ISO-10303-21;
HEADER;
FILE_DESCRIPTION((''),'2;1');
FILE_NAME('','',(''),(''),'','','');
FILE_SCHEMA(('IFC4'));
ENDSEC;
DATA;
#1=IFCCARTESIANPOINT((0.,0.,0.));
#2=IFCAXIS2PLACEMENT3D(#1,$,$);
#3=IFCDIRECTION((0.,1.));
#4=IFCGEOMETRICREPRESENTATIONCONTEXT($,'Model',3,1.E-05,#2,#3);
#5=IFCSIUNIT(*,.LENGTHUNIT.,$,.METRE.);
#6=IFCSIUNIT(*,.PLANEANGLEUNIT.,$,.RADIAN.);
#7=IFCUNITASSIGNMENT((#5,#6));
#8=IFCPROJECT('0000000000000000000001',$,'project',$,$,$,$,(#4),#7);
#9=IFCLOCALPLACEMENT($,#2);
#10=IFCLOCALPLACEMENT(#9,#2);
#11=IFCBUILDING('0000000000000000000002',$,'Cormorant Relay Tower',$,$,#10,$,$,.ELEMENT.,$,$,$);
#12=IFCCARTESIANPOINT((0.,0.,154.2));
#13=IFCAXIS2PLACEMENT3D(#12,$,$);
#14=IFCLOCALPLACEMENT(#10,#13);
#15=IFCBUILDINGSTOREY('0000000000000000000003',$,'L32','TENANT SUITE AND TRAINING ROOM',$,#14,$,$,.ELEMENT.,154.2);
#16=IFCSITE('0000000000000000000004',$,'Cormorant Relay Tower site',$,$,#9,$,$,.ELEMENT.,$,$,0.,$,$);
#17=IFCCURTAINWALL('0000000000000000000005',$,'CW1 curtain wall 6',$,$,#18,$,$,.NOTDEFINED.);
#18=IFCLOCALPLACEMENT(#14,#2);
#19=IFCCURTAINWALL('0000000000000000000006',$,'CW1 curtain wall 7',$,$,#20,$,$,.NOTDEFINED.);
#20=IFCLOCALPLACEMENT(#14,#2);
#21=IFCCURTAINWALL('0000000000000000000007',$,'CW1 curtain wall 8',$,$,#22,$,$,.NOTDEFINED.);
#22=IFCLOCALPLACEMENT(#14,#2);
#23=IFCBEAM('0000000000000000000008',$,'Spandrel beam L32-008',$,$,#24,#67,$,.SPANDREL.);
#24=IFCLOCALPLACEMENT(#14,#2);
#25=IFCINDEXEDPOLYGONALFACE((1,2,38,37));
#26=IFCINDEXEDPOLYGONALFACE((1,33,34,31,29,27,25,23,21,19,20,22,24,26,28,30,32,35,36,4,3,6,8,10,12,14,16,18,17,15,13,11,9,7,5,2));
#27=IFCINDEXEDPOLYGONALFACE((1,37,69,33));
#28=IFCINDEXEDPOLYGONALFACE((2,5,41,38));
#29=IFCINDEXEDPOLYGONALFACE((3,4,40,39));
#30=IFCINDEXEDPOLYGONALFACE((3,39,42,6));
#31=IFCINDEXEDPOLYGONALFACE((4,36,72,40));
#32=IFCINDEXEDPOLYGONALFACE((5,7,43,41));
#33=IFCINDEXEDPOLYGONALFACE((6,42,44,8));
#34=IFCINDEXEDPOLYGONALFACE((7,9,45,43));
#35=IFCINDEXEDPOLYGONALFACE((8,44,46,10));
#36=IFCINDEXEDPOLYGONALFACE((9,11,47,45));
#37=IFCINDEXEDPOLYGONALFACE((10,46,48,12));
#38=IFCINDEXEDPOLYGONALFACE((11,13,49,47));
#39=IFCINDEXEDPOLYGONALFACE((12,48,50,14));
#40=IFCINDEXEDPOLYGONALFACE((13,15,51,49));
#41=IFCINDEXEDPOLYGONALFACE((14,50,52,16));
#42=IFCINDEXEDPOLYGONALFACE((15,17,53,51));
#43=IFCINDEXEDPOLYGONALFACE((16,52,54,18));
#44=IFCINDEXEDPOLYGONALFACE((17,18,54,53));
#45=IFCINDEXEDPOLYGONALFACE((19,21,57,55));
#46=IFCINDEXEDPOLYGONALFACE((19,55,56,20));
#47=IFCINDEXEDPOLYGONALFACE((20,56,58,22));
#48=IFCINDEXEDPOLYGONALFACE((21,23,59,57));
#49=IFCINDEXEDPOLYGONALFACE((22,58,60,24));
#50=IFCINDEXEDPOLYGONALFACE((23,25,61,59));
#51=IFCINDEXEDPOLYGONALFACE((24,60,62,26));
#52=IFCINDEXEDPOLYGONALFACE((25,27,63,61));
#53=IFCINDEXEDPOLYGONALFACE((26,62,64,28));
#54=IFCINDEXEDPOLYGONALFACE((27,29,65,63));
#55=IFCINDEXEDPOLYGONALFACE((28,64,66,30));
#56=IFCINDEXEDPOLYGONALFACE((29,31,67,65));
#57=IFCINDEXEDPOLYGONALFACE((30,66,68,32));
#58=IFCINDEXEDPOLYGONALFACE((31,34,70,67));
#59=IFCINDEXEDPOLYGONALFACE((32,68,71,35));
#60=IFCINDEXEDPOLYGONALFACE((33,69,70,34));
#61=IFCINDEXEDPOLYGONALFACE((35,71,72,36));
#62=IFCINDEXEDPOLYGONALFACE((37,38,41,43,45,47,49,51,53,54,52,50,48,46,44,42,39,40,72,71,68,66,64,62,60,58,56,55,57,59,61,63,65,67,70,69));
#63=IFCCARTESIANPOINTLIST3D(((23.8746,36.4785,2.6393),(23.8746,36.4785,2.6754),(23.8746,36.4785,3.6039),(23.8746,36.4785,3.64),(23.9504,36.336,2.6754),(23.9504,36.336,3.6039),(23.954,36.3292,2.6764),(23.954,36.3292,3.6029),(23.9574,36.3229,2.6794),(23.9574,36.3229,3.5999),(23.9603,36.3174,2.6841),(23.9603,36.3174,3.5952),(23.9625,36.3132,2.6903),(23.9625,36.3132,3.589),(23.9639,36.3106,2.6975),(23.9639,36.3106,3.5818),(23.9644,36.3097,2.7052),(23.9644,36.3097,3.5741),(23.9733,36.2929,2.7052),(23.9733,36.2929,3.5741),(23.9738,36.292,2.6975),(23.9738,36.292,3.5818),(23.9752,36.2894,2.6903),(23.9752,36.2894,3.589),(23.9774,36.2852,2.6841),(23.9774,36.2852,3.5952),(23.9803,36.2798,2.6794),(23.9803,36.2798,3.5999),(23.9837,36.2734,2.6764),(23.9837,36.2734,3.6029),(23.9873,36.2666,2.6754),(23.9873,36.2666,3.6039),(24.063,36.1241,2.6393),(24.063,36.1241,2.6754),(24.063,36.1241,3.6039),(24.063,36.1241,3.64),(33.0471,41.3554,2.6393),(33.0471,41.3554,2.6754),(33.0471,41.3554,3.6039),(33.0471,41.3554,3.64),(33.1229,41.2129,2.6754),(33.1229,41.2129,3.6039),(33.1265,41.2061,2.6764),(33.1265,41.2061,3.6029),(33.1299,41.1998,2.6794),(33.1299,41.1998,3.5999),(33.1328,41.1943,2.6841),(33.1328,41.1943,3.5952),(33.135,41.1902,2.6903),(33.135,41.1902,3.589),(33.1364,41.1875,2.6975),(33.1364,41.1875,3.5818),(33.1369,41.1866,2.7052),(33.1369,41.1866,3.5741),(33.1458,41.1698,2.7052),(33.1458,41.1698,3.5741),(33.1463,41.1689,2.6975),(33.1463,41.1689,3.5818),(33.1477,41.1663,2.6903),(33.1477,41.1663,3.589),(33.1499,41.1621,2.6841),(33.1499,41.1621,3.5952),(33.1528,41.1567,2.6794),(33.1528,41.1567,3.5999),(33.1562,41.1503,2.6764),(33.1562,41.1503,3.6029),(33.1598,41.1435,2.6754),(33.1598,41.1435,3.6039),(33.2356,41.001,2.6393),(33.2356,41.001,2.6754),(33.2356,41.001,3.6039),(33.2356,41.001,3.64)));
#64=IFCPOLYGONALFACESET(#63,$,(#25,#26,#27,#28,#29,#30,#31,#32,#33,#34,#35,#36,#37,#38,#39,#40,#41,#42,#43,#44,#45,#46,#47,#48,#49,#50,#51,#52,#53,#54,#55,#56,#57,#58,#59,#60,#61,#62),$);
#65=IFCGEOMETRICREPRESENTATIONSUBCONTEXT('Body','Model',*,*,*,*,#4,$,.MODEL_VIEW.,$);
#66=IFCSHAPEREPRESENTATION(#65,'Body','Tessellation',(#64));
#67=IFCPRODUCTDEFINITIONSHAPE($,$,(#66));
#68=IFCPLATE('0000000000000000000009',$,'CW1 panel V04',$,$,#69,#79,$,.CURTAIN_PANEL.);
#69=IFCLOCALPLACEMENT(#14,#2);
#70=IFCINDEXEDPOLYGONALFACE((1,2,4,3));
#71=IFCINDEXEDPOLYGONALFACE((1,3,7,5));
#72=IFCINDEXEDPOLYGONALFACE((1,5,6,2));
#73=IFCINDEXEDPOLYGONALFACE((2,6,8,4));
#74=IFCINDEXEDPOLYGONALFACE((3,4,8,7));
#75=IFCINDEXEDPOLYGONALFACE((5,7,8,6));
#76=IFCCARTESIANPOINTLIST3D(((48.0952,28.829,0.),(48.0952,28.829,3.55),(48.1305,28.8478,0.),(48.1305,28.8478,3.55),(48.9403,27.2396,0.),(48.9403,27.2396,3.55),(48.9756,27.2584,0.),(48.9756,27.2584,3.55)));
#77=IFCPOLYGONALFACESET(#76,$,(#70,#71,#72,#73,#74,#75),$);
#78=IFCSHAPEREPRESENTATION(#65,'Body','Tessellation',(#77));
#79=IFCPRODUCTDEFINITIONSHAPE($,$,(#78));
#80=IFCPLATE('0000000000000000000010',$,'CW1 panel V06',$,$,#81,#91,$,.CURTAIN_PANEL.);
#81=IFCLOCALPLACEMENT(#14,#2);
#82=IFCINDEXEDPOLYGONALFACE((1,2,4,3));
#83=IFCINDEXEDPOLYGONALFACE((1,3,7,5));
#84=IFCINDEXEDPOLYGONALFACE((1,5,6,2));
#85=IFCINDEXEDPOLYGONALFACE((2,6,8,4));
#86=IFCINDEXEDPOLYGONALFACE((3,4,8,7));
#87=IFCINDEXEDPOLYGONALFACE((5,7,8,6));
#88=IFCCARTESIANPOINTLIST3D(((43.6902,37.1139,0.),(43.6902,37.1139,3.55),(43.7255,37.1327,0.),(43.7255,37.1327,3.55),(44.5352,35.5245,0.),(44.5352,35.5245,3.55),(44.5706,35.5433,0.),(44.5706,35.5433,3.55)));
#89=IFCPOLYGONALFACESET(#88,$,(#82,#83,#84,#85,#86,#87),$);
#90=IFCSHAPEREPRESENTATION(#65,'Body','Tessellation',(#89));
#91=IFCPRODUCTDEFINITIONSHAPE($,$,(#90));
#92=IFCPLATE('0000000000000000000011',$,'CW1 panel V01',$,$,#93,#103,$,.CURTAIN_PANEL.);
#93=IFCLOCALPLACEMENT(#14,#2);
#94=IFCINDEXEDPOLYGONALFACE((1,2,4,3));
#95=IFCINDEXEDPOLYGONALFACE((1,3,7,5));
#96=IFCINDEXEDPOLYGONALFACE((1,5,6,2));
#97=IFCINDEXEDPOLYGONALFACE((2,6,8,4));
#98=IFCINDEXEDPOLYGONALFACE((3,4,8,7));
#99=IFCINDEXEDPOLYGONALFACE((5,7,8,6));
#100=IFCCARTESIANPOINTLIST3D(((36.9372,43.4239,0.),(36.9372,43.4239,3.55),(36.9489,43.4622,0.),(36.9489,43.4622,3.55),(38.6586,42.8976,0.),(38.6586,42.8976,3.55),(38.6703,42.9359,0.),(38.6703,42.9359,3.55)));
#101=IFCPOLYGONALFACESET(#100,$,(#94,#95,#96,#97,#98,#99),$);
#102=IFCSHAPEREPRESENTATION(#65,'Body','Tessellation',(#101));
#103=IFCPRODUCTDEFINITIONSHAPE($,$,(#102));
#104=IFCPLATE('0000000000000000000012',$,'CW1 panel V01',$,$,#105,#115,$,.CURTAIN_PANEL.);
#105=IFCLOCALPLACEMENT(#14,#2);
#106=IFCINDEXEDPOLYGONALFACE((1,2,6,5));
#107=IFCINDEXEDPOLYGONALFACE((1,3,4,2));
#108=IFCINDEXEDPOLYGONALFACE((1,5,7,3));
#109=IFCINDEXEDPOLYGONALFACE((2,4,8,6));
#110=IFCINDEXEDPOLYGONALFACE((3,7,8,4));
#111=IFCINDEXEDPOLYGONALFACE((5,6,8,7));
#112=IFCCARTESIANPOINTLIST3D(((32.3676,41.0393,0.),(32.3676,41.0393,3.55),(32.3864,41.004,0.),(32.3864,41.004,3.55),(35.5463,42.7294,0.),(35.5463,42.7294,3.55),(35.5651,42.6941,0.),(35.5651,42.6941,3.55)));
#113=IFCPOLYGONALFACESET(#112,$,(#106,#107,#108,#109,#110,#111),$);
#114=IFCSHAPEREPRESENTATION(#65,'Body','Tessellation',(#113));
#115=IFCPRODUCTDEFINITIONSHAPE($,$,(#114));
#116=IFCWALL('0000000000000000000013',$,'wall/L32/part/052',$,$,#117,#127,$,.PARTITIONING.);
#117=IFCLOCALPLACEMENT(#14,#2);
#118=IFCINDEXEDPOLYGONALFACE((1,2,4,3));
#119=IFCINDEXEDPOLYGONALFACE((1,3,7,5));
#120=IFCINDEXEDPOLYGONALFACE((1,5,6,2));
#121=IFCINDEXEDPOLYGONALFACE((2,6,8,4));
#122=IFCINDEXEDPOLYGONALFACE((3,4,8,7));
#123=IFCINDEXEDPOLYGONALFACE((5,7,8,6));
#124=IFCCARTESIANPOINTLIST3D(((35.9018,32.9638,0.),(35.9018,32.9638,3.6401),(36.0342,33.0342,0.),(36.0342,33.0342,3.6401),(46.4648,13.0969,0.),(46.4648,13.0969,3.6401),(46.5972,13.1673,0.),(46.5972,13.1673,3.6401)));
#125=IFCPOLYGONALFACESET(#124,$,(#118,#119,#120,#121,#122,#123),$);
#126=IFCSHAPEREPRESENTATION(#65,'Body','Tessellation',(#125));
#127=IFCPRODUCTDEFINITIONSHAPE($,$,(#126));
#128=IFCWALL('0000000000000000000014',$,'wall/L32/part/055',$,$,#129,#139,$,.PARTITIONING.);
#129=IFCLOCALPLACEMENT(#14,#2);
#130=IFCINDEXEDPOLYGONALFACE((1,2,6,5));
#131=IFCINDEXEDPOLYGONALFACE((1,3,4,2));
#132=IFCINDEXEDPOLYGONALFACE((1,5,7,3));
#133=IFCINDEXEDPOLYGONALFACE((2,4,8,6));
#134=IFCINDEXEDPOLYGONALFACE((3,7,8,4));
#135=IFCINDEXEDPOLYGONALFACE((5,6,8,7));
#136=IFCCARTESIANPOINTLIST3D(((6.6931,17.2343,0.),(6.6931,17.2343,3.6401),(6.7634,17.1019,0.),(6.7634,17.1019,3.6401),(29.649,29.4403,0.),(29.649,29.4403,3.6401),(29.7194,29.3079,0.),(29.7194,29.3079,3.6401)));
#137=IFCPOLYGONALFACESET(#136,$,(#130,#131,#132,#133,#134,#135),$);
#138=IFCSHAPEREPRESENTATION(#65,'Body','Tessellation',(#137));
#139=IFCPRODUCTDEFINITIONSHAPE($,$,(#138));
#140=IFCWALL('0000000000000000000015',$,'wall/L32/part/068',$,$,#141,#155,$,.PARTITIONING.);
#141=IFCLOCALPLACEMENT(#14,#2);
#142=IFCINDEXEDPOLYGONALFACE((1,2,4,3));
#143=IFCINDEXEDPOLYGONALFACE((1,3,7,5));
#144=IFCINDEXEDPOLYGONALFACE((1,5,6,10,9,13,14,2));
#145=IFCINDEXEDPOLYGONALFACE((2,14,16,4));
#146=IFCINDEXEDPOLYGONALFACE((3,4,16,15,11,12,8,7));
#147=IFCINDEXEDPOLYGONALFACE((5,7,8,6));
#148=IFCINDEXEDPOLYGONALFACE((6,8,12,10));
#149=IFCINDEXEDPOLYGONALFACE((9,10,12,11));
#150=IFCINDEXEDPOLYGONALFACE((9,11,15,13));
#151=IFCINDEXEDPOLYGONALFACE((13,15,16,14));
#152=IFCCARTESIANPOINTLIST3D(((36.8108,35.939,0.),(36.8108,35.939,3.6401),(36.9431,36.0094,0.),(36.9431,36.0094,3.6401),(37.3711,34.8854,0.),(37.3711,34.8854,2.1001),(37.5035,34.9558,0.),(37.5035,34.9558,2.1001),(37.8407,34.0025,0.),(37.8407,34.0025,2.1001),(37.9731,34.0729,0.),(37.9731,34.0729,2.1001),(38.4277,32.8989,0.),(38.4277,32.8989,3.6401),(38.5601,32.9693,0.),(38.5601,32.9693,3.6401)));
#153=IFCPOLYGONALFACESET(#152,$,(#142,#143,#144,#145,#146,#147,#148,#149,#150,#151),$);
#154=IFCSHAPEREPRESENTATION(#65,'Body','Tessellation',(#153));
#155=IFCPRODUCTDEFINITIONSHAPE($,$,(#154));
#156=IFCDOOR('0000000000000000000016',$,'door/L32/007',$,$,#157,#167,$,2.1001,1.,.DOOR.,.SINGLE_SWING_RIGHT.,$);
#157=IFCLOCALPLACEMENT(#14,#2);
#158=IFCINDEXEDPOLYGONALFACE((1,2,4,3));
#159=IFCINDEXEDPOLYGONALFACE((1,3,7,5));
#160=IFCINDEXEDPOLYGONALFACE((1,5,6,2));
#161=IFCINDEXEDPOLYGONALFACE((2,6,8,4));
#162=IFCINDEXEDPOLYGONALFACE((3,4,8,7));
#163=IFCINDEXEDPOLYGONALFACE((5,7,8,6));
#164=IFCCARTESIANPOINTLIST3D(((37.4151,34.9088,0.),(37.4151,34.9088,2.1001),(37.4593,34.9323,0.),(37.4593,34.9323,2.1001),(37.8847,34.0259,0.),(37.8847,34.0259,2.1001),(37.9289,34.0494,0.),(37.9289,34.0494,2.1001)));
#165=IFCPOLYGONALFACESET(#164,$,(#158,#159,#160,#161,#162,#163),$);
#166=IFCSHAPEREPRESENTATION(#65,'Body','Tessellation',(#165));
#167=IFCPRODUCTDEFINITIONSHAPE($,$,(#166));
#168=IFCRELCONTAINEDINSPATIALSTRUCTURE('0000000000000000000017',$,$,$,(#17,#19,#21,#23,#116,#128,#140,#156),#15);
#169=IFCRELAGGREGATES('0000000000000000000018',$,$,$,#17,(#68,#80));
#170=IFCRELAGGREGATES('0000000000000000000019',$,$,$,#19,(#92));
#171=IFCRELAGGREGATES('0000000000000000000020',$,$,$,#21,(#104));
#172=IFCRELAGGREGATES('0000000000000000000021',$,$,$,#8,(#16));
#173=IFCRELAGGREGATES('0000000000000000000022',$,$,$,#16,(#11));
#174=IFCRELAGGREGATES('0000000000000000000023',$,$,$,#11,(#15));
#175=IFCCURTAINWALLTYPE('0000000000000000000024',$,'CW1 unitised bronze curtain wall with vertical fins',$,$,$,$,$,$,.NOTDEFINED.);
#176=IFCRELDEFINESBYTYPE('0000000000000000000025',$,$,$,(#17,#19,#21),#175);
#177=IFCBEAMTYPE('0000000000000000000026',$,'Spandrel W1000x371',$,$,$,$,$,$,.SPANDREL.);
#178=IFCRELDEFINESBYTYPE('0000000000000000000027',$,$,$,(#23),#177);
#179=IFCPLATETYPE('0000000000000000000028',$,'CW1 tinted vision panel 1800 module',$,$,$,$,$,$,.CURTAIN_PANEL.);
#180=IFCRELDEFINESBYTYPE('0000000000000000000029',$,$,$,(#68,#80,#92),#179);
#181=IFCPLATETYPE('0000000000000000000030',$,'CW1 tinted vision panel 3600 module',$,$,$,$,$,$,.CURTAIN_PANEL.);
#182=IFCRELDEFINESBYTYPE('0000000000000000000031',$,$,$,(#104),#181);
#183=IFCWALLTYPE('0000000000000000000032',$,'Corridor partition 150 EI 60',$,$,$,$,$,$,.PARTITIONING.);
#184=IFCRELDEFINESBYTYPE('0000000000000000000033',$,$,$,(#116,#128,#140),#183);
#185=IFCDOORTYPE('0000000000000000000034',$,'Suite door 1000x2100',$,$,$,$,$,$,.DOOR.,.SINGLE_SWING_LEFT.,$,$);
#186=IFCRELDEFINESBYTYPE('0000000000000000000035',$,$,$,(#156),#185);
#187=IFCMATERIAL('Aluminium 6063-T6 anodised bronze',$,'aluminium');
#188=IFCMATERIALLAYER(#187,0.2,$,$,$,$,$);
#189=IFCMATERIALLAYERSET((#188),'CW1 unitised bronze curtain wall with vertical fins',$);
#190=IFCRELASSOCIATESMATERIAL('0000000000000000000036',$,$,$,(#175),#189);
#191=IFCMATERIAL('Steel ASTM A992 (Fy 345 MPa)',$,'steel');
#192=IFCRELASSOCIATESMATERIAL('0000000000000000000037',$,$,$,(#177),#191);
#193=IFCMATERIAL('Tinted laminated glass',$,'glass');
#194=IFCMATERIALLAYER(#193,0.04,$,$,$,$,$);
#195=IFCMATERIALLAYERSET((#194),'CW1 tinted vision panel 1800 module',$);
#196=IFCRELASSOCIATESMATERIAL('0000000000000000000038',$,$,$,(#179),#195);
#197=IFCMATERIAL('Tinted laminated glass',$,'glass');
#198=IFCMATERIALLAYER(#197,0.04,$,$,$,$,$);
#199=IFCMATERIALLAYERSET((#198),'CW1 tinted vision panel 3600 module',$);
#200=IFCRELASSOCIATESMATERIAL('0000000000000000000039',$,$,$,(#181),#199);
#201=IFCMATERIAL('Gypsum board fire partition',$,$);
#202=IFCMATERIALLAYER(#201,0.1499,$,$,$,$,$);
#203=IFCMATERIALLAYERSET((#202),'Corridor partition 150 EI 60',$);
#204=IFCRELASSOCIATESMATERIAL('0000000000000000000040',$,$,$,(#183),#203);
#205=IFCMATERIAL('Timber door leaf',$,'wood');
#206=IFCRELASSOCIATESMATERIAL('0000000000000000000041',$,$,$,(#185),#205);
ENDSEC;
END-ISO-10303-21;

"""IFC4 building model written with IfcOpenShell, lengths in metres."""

from ifc_helpers import new_model, si_unit, direction, frame, frame_2d, origin, origin_2d, place, context, subcontext, project, spatial, rectangle, i_section, extrude, material, layer, layer_set, material_profile, profile_set, type_object, element, fill, aggregate, save


model = new_model("IFC4")

# Units and contexts
model_context = context("Model", 3, precision=1e-05, world=origin(), true_north=direction((0.0, 1.0)))
body_context = subcontext(model_context, "Body", "Model", "MODEL_VIEW")
ifc_project = project(units=[si_unit("LENGTHUNIT", "METRE"), si_unit("PLANEANGLEUNIT", "RADIAN")], contexts=[model_context])

# Site, building, storey
site_placement = place(None, origin())
site = spatial("IfcSite", under=ifc_project, at=site_placement, Name="Cormorant Relay Tower site", CompositionType="ELEMENT", RefElevation=0.0)
building_placement = place(site_placement, origin())
building = spatial("IfcBuilding", under=site, at=building_placement, Name="Cormorant Relay Tower", CompositionType="ELEMENT")
storey_placement = place(building_placement, frame((0.0, 0.0, 154.2)))
storey = spatial("IfcBuildingStorey", under=building, at=storey_placement, Name="L32", Description="TENANT SUITE AND TRAINING ROOM", CompositionType="ELEMENT", Elevation=154.2)

# Curtain wall
ifc_material_1 = material(Name="Aluminium 6063-T6 anodised bronze", Category="aluminium")
ifc_layer_1 = layer(ifc_material_1, 0.2)
ifc_layer_set_1 = layer_set([ifc_layer_1], Name="CW1 unitised bronze curtain wall with vertical fins")
curtain_wall_type = type_object("IfcCurtainWallType", Name="CW1 unitised bronze curtain wall with vertical fins", PredefinedType="NOTDEFINED", material=ifc_layer_set_1)
curtain_wall_1_placement = place(storey_placement, origin())
curtain_wall_1 = element("IfcCurtainWall", 1, at=curtain_wall_1_placement, inside=storey, type_object=curtain_wall_type, Name="CW1 curtain wall 6", PredefinedType="NOTDEFINED")

# Curtain wall
curtain_wall_2_placement = place(storey_placement, origin())
curtain_wall_2 = element("IfcCurtainWall", 2, at=curtain_wall_2_placement, inside=storey, type_object=curtain_wall_type, Name="CW1 curtain wall 7", PredefinedType="NOTDEFINED")

# Curtain wall
curtain_wall_3_placement = place(storey_placement, origin())
curtain_wall_3 = element("IfcCurtainWall", 3, at=curtain_wall_3_placement, inside=storey, type_object=curtain_wall_type, Name="CW1 curtain wall 8", PredefinedType="NOTDEFINED")

# Beam
ifc_material_2 = material(Name="Steel ASTM A992 (Fy 345 MPa)", Category="steel")
ifc_material_profile_1 = material_profile(ifc_material_2, i_section(OverallWidth=0.4014, OverallDepth=1.0007, WebThickness=0.019, FlangeThickness=0.0361, FilletRadius=0.0298, at=origin_2d()), Name="W1000x371")
ifc_profile_set_1 = profile_set([ifc_material_profile_1], Name="Steel ASTM A992 (Fy 345 MPa)")
beam_type = type_object("IfcBeamType", Name="Spandrel W1000x371", PredefinedType="SPANDREL", material=ifc_profile_set_1)
beam_1_placement = place(storey_placement, frame((33.1414, 41.1782, 3.1396), z_axis=(-0.882956, -0.469456, 0.0), x_axis=(0.469456, -0.882956, 0.0)))
element("IfcBeam", 4, at=beam_1_placement, inside=storey, type_object=beam_type, Name="Spandrel beam L32-008", PredefinedType="SPANDREL", context=body_context, shape_type="SweptSolid", body=[
    extrude(i_section(OverallWidth=0.4014, OverallDepth=1.0007, WebThickness=0.019, FlangeThickness=0.0361, FilletRadius=0.0298, at=origin_2d()), origin(), (0.0, 0.0, 1.0), 10.3884),
])

# Plates
ifc_material_3 = material(Name="Tinted laminated glass", Category="glass")
ifc_layer_2 = layer(ifc_material_3, 0.04)
ifc_layer_set_2 = layer_set([ifc_layer_2], Name="CW1 tinted vision panel 1800 module")
plate_type_1 = type_object("IfcPlateType", Name="CW1 tinted vision panel 1800 module", PredefinedType="CURTAIN_PANEL", material=ifc_layer_set_2)
plate_1_placement = place(storey_placement, frame((48.5354, 28.0437, 0.0), z_axis=(0.0, 0.0, 1.0), x_axis=(-0.469472, 0.882948, 0.0)))
plate_1 = element("IfcPlate", 5, at=plate_1_placement, type_object=plate_type_1, Name="CW1 panel V04", PredefinedType="CURTAIN_PANEL", context=body_context, shape_type="SweptSolid", body=[
    extrude(rectangle(XDim=1.8, YDim=0.04, at=origin_2d()), origin(), (0.0, 0.0, 1.0), 3.55),
])
plate_2_placement = place(storey_placement, frame((44.1304, 36.3286, 0.0), z_axis=(0.0, 0.0, 1.0), x_axis=(-0.469472, 0.882948, 0.0)))
plate_2 = element("IfcPlate", 6, at=plate_2_placement, type_object=plate_type_1, Name="CW1 panel V06", PredefinedType="CURTAIN_PANEL", context=body_context, shape_type="SweptSolid", body=[
    extrude(rectangle(XDim=1.8, YDim=0.04, at=origin_2d()), origin(), (0.0, 0.0, 1.0), 3.55),
])
plate_3_placement = place(storey_placement, frame((37.8037, 43.1799, 0.0), z_axis=(0.0, 0.0, 1.0), x_axis=(-0.956305, 0.292372, 0.0)))
plate_3 = element("IfcPlate", 7, at=plate_3_placement, type_object=plate_type_1, Name="CW1 panel V01", PredefinedType="CURTAIN_PANEL", context=body_context, shape_type="SweptSolid", body=[
    extrude(rectangle(XDim=1.8, YDim=0.04, at=origin_2d()), origin(), (0.0, 0.0, 1.0), 3.55),
])
ifc_material_4 = material(Name="Tinted laminated glass", Category="glass")
ifc_layer_3 = layer(ifc_material_4, 0.04)
ifc_layer_set_3 = layer_set([ifc_layer_3], Name="CW1 tinted vision panel 3600 module")
plate_type_2 = type_object("IfcPlateType", Name="CW1 tinted vision panel 3600 module", PredefinedType="CURTAIN_PANEL", material=ifc_layer_set_3)
plate_4_placement = place(storey_placement, frame((33.9663, 41.8667, 0.0), z_axis=(0.0, 0.0, 1.0), x_axis=(-0.882948, -0.469472, 0.0)))
plate_4 = element("IfcPlate", 8, at=plate_4_placement, type_object=plate_type_2, Name="CW1 panel V01", PredefinedType="CURTAIN_PANEL", context=body_context, shape_type="SweptSolid", body=[
    extrude(rectangle(XDim=3.6001, YDim=0.04, at=origin_2d()), origin(), (0.0, 0.0, 1.0), 3.55),
])

# Walls
ifc_material_5 = material(Name="Gypsum board fire partition")
ifc_layer_4 = layer(ifc_material_5, 0.1499)
ifc_layer_set_4 = layer_set([ifc_layer_4], Name="Corridor partition 150 EI 60")
wall_type_1 = type_object("IfcWallType", Name="Corridor partition 150 EI 60", PredefinedType="PARTITIONING", material=ifc_layer_set_4)
wall_1_placement = place(storey_placement, frame((35.968, 32.999, 0.0), z_axis=(0.0, 0.0, 1.0), x_axis=(0.469456, -0.882956, 0.0)))
element("IfcWall", 9, at=wall_1_placement, inside=storey, type_object=wall_type_1, Name="wall/L32/part/052", PredefinedType="PARTITIONING", context=body_context, shape_type="SweptSolid", body=[
    extrude(rectangle(XDim=22.5005, YDim=0.1499, at=frame_2d((11.2502, 0.0))), origin(), (0.0, 0.0, 1.0), 3.6401),
])
wall_2_placement = place(storey_placement, frame((29.6841, 29.374, 0.0), z_axis=(0.0, 0.0, 1.0), x_axis=(-0.882946, -0.469475, 0.0)))
element("IfcWall", 10, at=wall_2_placement, inside=storey, type_object=wall_type_1, Name="wall/L32/part/055", PredefinedType="PARTITIONING", context=body_context, shape_type="SweptSolid", body=[
    extrude(rectangle(XDim=25.9993, YDim=0.1499, at=frame_2d((12.9995, 0.0))), origin(), (0.0, 0.0, 1.0), 3.6401),
])

# Wall, opening, door
wall_3_placement = place(storey_placement, frame((38.4939, 32.9341, 0.0), z_axis=(0.0, 0.0, 1.0), x_axis=(-0.469591, 0.882884, 0.0)))
wall_3 = element("IfcWall", 11, at=wall_3_placement, inside=storey, type_object=wall_type_1, Name="wall/L32/part/068", PredefinedType="PARTITIONING", context=body_context, shape_type="SweptSolid", body=[
    extrude(rectangle(XDim=3.4434, YDim=0.1499, at=frame_2d((1.7217, 0.0))), origin(), (0.0, 0.0, 1.0), 3.6401),
])
opening_1_placement = place(wall_3_placement, frame((1.25, 0.0, 0.0)))
opening_1 = element("IfcOpeningElement", 12, at=opening_1_placement, cuts=wall_3, PredefinedType="OPENING", context=body_context, shape_type="SweptSolid", body=[
    extrude(rectangle(XDim=1.0, YDim=2.1001, at=frame_2d((0.5, 1.05))), frame((0.0, 0.085, 0.0), z_axis=(0.0, -1.0, 0.0), x_axis=(1.0, 0.0, 0.0)), (0.0, 0.0, 1.0), 0.1699),
])
ifc_material_6 = material(Name="Timber door leaf", Category="wood")
door_type = type_object("IfcDoorType", Name="Suite door 1000x2100", OperationType="SINGLE_SWING_LEFT", PredefinedType="DOOR", material=ifc_material_6)
door_1_placement = place(opening_1_placement, frame((1.0, 0.0, 0.0), z_axis=(0.0, 0.0, 1.0), x_axis=(-1.0, 0.0, 0.0)))
door_1 = element("IfcDoor", 13, at=door_1_placement, inside=storey, type_object=door_type, Name="door/L32/007", OperationType="SINGLE_SWING_RIGHT", OverallHeight=2.1001, OverallWidth=1.0, PredefinedType="DOOR", context=body_context, shape_type="SweptSolid", body=[
    extrude(rectangle(XDim=1.0, YDim=2.1001, at=frame_2d((0.5, 1.05))), frame((0.0, 0.0249, 0.0), z_axis=(0.0, -1.0, 0.0), x_axis=(1.0, 0.0, 0.0)), (0.0, 0.0, 1.0), 0.05),
])
fill(opening_1, door_1)

aggregate(curtain_wall_1, [plate_1, plate_2])
aggregate(curtain_wall_2, [plate_3])
aggregate(curtain_wall_3, [plate_4])

save(model, "model.ifc")
